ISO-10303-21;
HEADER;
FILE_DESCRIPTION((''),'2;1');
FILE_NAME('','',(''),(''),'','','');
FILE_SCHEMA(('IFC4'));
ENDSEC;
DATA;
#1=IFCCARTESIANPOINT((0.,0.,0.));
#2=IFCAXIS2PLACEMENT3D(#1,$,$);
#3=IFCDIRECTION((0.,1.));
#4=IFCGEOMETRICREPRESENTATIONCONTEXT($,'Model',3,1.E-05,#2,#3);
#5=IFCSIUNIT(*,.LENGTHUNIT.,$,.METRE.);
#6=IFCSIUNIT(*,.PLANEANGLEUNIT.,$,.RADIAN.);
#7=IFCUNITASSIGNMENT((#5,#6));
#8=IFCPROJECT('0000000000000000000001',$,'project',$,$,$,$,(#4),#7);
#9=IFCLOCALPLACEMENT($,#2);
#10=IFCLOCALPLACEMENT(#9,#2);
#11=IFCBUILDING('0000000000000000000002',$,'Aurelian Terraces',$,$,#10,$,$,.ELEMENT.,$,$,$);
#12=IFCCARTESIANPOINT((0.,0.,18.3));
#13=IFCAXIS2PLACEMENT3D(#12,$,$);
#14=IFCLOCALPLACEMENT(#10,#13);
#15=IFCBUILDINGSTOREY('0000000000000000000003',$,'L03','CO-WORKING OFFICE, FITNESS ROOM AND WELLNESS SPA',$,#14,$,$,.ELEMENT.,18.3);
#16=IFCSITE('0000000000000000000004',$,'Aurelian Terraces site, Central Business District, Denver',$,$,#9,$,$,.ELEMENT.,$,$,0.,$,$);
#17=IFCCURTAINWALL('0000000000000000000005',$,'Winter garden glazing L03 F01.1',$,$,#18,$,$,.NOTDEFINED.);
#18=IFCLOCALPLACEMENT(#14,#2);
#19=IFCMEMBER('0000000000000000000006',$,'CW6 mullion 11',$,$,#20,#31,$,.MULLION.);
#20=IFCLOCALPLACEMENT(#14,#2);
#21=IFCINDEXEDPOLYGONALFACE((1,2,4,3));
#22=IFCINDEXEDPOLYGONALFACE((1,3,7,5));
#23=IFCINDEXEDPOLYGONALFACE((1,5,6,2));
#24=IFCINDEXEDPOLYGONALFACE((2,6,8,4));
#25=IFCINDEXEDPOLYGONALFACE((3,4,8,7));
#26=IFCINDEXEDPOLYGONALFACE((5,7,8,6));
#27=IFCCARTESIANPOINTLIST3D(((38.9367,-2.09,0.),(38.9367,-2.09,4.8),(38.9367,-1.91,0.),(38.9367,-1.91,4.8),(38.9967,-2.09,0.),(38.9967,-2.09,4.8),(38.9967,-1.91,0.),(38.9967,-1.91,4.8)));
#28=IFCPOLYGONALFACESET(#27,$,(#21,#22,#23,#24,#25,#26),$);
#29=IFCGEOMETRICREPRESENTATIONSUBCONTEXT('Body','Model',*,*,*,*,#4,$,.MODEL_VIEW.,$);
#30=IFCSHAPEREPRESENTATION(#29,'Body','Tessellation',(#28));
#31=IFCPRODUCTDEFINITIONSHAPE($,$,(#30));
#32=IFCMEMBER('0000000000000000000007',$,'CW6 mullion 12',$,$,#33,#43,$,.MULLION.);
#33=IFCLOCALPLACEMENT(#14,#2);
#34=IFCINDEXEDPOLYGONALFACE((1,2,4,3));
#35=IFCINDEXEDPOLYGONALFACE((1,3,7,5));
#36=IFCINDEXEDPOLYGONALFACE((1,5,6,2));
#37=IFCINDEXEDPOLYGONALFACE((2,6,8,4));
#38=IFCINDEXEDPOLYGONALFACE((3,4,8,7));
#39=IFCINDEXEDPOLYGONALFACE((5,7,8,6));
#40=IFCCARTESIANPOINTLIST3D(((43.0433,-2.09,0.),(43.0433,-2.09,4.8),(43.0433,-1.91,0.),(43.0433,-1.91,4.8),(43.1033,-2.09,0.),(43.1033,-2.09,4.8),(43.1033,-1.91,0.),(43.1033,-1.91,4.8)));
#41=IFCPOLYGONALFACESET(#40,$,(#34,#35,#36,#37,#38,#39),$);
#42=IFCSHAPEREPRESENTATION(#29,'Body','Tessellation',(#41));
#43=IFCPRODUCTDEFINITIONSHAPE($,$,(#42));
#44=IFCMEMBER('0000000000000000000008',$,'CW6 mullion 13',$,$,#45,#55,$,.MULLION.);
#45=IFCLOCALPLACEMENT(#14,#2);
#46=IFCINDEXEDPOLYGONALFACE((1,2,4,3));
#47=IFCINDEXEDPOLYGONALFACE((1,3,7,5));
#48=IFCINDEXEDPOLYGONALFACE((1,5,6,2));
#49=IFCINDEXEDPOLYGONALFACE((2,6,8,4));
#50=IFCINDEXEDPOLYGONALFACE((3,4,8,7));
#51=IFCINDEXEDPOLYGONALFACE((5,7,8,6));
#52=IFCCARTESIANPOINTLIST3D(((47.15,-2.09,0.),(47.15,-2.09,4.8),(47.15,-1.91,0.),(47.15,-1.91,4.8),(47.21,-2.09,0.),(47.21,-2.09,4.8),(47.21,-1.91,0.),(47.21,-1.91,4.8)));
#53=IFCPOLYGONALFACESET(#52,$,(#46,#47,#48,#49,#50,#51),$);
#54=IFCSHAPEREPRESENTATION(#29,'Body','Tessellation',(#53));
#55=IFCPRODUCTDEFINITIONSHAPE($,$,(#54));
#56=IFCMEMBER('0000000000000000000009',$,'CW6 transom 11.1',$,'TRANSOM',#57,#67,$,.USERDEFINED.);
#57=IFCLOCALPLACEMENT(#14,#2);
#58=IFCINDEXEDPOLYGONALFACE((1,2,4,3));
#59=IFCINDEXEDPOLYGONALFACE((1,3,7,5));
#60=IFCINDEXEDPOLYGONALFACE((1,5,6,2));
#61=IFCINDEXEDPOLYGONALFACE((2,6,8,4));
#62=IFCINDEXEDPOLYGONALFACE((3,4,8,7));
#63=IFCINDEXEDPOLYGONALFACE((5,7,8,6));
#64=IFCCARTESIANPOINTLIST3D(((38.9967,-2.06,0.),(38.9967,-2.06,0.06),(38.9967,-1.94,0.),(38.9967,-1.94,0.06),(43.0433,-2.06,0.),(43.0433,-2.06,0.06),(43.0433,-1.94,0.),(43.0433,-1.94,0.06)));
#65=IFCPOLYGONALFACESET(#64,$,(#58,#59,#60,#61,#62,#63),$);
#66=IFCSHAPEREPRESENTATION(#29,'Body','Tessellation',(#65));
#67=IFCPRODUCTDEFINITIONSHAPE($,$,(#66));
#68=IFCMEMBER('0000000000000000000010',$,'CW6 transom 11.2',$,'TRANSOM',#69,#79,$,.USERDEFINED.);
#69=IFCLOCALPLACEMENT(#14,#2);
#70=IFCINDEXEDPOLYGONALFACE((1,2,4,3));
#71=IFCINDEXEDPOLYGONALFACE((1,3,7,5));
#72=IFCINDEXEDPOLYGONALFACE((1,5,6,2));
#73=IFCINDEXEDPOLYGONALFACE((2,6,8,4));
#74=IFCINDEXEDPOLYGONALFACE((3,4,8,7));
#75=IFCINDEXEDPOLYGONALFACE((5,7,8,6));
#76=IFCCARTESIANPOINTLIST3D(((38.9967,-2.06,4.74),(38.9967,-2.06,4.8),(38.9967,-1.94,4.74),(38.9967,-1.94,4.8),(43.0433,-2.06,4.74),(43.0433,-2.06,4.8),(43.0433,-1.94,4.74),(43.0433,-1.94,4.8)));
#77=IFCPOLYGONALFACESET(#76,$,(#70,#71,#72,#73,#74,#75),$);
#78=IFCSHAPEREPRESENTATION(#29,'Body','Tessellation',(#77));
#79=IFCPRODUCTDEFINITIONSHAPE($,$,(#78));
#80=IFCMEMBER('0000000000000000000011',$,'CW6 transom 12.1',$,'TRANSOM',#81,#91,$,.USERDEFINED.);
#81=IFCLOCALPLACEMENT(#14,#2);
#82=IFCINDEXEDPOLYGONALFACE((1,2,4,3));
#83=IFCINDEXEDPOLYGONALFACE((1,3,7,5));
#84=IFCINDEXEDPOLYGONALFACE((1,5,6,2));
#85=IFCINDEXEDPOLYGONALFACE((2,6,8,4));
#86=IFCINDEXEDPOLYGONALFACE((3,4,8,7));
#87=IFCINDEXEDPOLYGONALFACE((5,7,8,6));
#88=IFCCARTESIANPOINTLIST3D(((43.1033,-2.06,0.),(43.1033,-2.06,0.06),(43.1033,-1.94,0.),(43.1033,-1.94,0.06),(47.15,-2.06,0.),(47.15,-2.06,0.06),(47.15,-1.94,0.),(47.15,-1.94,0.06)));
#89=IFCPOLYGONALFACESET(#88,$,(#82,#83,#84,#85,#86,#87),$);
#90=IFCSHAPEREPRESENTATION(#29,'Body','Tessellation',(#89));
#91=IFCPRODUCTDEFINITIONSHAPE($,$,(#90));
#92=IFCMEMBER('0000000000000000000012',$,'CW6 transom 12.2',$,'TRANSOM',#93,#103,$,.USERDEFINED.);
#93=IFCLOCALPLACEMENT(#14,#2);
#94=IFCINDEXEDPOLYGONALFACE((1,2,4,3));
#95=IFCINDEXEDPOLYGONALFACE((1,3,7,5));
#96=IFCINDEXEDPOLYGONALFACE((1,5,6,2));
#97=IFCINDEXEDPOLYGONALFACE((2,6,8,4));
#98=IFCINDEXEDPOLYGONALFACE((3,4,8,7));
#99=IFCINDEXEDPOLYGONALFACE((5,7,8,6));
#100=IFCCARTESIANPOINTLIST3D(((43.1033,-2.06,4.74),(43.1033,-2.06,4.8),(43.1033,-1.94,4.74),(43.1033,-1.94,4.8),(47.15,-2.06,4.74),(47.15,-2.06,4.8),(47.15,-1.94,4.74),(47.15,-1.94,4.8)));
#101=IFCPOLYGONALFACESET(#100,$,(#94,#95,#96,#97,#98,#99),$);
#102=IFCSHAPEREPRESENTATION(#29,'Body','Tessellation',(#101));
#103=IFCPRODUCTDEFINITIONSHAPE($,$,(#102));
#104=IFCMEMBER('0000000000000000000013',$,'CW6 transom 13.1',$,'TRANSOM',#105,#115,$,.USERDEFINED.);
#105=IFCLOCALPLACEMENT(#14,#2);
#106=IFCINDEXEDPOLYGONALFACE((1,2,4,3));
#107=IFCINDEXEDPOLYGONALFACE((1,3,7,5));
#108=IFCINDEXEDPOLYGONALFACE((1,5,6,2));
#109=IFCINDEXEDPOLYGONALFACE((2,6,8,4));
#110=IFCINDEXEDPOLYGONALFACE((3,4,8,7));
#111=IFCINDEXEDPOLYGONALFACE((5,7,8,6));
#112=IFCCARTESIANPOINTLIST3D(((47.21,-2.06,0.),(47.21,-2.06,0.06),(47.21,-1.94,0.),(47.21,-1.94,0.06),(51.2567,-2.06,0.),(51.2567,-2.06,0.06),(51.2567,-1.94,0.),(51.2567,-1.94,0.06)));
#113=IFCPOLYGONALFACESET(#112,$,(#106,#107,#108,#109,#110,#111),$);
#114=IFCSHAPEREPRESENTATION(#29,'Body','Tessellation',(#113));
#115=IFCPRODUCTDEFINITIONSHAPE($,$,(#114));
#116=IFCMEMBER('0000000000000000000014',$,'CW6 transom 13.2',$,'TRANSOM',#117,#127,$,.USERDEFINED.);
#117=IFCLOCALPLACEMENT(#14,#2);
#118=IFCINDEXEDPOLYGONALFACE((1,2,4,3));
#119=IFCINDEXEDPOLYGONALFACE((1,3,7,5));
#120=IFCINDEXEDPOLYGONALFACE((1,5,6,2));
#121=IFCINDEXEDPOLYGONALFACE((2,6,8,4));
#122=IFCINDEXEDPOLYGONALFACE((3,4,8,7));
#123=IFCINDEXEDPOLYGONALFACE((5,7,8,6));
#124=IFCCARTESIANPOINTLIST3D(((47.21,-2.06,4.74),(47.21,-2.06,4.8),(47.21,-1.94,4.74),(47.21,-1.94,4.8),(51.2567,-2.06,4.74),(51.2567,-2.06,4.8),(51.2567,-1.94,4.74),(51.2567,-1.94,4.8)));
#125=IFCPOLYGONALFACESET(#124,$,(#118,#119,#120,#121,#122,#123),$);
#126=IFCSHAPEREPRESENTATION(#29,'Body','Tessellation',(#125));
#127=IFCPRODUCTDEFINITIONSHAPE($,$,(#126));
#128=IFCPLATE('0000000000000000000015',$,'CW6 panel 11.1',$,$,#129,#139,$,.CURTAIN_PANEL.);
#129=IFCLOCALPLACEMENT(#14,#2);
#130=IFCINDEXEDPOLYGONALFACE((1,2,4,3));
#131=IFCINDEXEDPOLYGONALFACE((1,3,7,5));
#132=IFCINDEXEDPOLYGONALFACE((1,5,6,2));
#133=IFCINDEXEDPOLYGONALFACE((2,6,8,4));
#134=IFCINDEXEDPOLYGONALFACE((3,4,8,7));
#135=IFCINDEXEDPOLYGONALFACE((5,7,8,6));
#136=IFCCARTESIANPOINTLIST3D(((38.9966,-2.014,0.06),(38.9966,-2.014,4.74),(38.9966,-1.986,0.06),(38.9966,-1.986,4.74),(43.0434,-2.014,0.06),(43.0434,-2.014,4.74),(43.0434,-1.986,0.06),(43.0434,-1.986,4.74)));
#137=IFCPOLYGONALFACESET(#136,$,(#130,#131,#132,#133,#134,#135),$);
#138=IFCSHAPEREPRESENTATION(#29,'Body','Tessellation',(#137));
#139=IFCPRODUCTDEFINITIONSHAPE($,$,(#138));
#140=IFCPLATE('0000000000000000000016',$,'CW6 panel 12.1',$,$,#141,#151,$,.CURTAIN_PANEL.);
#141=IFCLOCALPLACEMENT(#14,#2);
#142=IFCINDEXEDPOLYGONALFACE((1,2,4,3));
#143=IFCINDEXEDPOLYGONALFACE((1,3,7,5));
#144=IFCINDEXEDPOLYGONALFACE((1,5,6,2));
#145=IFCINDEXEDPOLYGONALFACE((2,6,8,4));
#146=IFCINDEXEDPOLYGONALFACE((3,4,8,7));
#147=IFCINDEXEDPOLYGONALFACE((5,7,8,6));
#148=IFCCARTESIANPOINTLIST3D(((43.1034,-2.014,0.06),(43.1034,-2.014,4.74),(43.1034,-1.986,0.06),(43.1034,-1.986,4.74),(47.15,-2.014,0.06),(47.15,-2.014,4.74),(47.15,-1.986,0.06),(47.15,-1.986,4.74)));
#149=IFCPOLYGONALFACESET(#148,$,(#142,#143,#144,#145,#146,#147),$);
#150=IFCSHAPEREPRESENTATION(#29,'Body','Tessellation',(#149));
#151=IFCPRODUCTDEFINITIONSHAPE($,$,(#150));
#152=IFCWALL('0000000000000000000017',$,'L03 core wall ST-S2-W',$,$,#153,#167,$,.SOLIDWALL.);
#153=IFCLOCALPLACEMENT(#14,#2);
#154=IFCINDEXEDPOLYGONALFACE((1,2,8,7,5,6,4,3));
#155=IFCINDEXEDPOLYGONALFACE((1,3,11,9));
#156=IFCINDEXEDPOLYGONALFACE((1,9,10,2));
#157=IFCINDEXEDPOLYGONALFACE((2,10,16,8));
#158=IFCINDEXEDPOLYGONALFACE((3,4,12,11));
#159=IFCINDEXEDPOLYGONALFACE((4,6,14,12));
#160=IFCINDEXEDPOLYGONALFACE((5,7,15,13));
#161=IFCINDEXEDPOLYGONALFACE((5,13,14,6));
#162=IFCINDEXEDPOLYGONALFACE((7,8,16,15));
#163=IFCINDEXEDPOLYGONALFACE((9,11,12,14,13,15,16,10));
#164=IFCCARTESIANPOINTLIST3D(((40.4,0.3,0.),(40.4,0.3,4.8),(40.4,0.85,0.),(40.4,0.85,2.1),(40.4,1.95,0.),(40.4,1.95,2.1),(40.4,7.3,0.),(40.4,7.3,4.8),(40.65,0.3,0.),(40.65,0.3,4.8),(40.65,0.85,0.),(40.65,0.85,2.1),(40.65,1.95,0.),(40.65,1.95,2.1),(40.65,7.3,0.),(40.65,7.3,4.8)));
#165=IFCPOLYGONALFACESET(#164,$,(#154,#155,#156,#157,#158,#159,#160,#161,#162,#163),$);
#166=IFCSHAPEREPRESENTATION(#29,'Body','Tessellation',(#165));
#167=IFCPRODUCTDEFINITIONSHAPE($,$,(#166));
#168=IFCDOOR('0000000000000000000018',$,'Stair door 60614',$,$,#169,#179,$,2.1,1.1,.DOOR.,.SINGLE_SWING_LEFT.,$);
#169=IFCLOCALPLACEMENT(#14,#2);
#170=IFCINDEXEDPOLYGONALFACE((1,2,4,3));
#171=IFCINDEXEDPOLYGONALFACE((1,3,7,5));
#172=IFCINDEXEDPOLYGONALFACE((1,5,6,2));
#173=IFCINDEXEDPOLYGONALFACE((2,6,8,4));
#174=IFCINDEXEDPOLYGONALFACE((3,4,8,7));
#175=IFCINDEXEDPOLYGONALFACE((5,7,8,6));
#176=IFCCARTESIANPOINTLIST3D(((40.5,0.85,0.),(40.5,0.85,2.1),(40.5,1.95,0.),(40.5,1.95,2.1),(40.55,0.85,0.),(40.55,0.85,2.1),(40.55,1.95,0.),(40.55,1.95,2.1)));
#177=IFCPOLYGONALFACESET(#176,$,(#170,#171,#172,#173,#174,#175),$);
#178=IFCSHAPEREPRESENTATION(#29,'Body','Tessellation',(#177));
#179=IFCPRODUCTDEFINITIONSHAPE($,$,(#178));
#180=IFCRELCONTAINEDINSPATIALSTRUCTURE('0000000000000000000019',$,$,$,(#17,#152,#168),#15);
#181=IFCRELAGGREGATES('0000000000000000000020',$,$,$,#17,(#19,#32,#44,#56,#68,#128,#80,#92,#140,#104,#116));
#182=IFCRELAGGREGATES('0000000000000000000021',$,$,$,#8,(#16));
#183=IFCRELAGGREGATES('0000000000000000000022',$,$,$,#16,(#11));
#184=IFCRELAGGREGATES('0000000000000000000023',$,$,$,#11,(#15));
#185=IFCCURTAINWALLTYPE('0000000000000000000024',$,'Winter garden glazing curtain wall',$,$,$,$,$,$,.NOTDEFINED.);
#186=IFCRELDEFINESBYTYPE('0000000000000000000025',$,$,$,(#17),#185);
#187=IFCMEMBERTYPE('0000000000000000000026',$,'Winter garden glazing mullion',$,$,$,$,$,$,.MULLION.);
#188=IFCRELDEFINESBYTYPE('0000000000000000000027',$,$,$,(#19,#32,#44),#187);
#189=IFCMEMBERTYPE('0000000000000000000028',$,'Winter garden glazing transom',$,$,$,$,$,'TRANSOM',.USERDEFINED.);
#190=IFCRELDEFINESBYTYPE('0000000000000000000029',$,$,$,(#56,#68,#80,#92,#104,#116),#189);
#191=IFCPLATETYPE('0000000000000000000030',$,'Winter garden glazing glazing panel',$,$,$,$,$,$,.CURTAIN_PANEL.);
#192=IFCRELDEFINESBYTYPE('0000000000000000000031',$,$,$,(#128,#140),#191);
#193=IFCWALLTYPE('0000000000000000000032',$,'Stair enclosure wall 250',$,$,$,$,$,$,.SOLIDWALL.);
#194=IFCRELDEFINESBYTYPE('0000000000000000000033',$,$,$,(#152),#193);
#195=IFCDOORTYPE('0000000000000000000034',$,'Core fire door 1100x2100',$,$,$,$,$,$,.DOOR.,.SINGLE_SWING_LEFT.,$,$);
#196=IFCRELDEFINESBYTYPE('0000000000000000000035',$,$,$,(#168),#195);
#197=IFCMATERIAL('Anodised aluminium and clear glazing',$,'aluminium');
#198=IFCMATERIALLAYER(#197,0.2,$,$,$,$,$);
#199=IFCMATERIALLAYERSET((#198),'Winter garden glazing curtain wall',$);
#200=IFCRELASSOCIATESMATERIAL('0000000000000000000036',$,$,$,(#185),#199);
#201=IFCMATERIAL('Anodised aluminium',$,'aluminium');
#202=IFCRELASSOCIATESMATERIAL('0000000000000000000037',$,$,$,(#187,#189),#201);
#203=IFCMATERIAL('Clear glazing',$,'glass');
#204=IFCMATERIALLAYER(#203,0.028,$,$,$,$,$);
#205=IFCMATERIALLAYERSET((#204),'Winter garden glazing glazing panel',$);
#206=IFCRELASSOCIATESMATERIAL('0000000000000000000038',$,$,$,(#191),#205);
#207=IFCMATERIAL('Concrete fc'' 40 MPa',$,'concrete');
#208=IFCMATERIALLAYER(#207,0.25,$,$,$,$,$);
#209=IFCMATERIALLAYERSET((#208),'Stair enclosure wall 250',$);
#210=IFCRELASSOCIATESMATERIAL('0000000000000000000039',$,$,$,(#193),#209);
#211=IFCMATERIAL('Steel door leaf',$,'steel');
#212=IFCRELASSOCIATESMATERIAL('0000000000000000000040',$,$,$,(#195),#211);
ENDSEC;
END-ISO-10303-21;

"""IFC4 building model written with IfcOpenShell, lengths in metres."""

from ifc_helpers import new_model, si_unit, direction, frame, frame_2d, origin, origin_2d, place, context, subcontext, project, spatial, rectangle, extrude, source, transform, mapped, material, layer, layer_set, material_profile, profile_set, type_object, element, fill, aggregate, save


model = new_model("IFC4")

# Units and contexts
model_context = context("Model", 3, precision=1e-05, world=origin(), true_north=direction((0.0, 1.0)))
body_context = subcontext(model_context, "Body", "Model", "MODEL_VIEW")
ifc_project = project(units=[si_unit("LENGTHUNIT", "METRE"), si_unit("PLANEANGLEUNIT", "RADIAN")], contexts=[model_context])

# Site, building, storey
site_placement = place(None, origin())
site = spatial("IfcSite", under=ifc_project, at=site_placement, Name="Aurelian Terraces site, Central Business District, Denver", CompositionType="ELEMENT", RefElevation=0.0)
building_placement = place(site_placement, origin())
building = spatial("IfcBuilding", under=site, at=building_placement, Name="Aurelian Terraces", CompositionType="ELEMENT")
storey_placement = place(building_placement, frame((0.0, 0.0, 18.3)))
storey = spatial("IfcBuildingStorey", under=building, at=storey_placement, Name="L03", Description="CO-WORKING OFFICE, FITNESS ROOM AND WELLNESS SPA", CompositionType="ELEMENT", Elevation=18.3)

# Curtain wall, members, plates
ifc_material_1 = material(Name="Anodised aluminium and clear glazing", Category="aluminium")
ifc_layer_1 = layer(ifc_material_1, 0.2)
ifc_layer_set_1 = layer_set([ifc_layer_1], Name="Winter garden glazing curtain wall")
curtain_wall_type = type_object("IfcCurtainWallType", Name="Winter garden glazing curtain wall", PredefinedType="NOTDEFINED", material=ifc_layer_set_1)
curtain_wall_placement = place(storey_placement, origin())
curtain_wall = element("IfcCurtainWall", 1, at=curtain_wall_placement, inside=storey, type_object=curtain_wall_type, Name="Winter garden glazing L03 F01.1", PredefinedType="NOTDEFINED")
ifc_material_2 = material(Name="Anodised aluminium", Category="aluminium")
ifc_material_profile_1 = material_profile(ifc_material_2, rectangle(XDim=0.18, YDim=0.06, at=origin_2d()))
ifc_profile_set_1 = profile_set([ifc_material_profile_1], Name="Anodised aluminium")
member_type_1 = type_object("IfcMemberType", Name="Winter garden glazing mullion", PredefinedType="MULLION", material=ifc_profile_set_1)
shared_shape_1 = source(origin(), body_context, "Body", "SweptSolid", [
    extrude(rectangle(XDim=0.18, YDim=0.06, at=origin_2d()), origin(), (0.0, 0.0, 1.0), 4.8),
])
member_1_placement = place(storey_placement, frame((38.9667, -2.0, 0.0), z_axis=(0.0, 0.0, 1.0), x_axis=(0.0, 1.0, 0.0)))
member_1 = element("IfcMember", 2, at=member_1_placement, type_object=member_type_1, Name="CW6 mullion 11", PredefinedType="MULLION", context=body_context, shape_type="MappedRepresentation", body=[
    mapped(shared_shape_1, transform((0.0, 0.0, 0.0), scale=1.0)),
])
member_2_placement = place(storey_placement, frame((43.0733, -2.0, 0.0), z_axis=(0.0, 0.0, 1.0), x_axis=(0.0, 1.0, 0.0)))
member_2 = element("IfcMember", 3, at=member_2_placement, type_object=member_type_1, Name="CW6 mullion 12", PredefinedType="MULLION", context=body_context, shape_type="MappedRepresentation", body=[
    mapped(shared_shape_1, transform((0.0, 0.0, 0.0), scale=1.0)),
])
member_3_placement = place(storey_placement, frame((47.18, -2.0, 0.0), z_axis=(0.0, 0.0, 1.0), x_axis=(0.0, 1.0, 0.0)))
member_3 = element("IfcMember", 4, at=member_3_placement, type_object=member_type_1, Name="CW6 mullion 13", PredefinedType="MULLION", context=body_context, shape_type="MappedRepresentation", body=[
    mapped(shared_shape_1, transform((0.0, 0.0, 0.0), scale=1.0)),
])
ifc_material_profile_2 = material_profile(ifc_material_2, rectangle(XDim=0.12, YDim=0.06, at=origin_2d()))
ifc_profile_set_2 = profile_set([ifc_material_profile_2], Name="Anodised aluminium")
member_type_2 = type_object("IfcMemberType", Name="Winter garden glazing transom", ElementType="TRANSOM", PredefinedType="USERDEFINED", material=ifc_profile_set_2)
shared_shape_2 = source(origin(), body_context, "Body", "SweptSolid", [
    extrude(rectangle(XDim=0.12, YDim=0.06, at=origin_2d()), origin(), (0.0, 0.0, 1.0), 4.0466),
])
member_4_placement = place(storey_placement, frame((38.9967, -2.0, 0.03), z_axis=(1.0, 0.0, 0.0), x_axis=(0.0, 1.0, 0.0)))
member_4 = element("IfcMember", 5, at=member_4_placement, type_object=member_type_2, Name="CW6 transom 11.1", ObjectType="TRANSOM", PredefinedType="USERDEFINED", context=body_context, shape_type="MappedRepresentation", body=[
    mapped(shared_shape_2, transform((0.0, 0.0, 0.0), scale=1.0)),
])
member_5_placement = place(storey_placement, frame((38.9967, -2.0, 4.77), z_axis=(1.0, 0.0, 0.0), x_axis=(0.0, 1.0, 0.0)))
member_5 = element("IfcMember", 6, at=member_5_placement, type_object=member_type_2, Name="CW6 transom 11.2", ObjectType="TRANSOM", PredefinedType="USERDEFINED", context=body_context, shape_type="MappedRepresentation", body=[
    mapped(shared_shape_2, transform((0.0, 0.0, 0.0), scale=1.0)),
])
shared_shape_3 = source(origin(), body_context, "Body", "SweptSolid", [
    extrude(rectangle(XDim=0.12, YDim=0.06, at=origin_2d()), origin(), (0.0, 0.0, 1.0), 4.0467),
])
member_6_placement = place(storey_placement, frame((43.1033, -2.0, 0.03), z_axis=(1.0, 0.0, 0.0), x_axis=(0.0, 1.0, 0.0)))
member_6 = element("IfcMember", 7, at=member_6_placement, type_object=member_type_2, Name="CW6 transom 12.1", ObjectType="TRANSOM", PredefinedType="USERDEFINED", context=body_context, shape_type="MappedRepresentation", body=[
    mapped(shared_shape_3, transform((0.0, 0.0, 0.0), scale=1.0)),
])
member_7_placement = place(storey_placement, frame((43.1033, -2.0, 4.77), z_axis=(1.0, 0.0, 0.0), x_axis=(0.0, 1.0, 0.0)))
member_7 = element("IfcMember", 8, at=member_7_placement, type_object=member_type_2, Name="CW6 transom 12.2", ObjectType="TRANSOM", PredefinedType="USERDEFINED", context=body_context, shape_type="MappedRepresentation", body=[
    mapped(shared_shape_3, transform((0.0, 0.0, 0.0), scale=1.0)),
])
member_8_placement = place(storey_placement, frame((47.21, -2.0, 0.03), z_axis=(1.0, 0.0, 0.0), x_axis=(0.0, 1.0, 0.0)))
member_8 = element("IfcMember", 9, at=member_8_placement, type_object=member_type_2, Name="CW6 transom 13.1", ObjectType="TRANSOM", PredefinedType="USERDEFINED", context=body_context, shape_type="MappedRepresentation", body=[
    mapped(shared_shape_3, transform((0.0, 0.0, 0.0), scale=1.0)),
])
member_9_placement = place(storey_placement, frame((47.21, -2.0, 4.77), z_axis=(1.0, 0.0, 0.0), x_axis=(0.0, 1.0, 0.0)))
member_9 = element("IfcMember", 10, at=member_9_placement, type_object=member_type_2, Name="CW6 transom 13.2", ObjectType="TRANSOM", PredefinedType="USERDEFINED", context=body_context, shape_type="MappedRepresentation", body=[
    mapped(shared_shape_3, transform((0.0, 0.0, 0.0), scale=1.0)),
])
ifc_material_3 = material(Name="Clear glazing", Category="glass")
ifc_layer_2 = layer(ifc_material_3, 0.028)
ifc_layer_set_2 = layer_set([ifc_layer_2], Name="Winter garden glazing glazing panel")
plate_type = type_object("IfcPlateType", Name="Winter garden glazing glazing panel", PredefinedType="CURTAIN_PANEL", material=ifc_layer_set_2)
shared_shape_4 = source(origin(), body_context, "Body", "SweptSolid", [
    extrude(rectangle(XDim=4.0467, YDim=0.028, at=origin_2d()), origin(), (0.0, 0.0, 1.0), 4.68),
])
plate_1_placement = place(storey_placement, frame((41.02, -2.0, 0.06), z_axis=(0.0, 0.0, 1.0), x_axis=(1.0, 0.0, 0.0)))
plate_1 = element("IfcPlate", 11, at=plate_1_placement, type_object=plate_type, Name="CW6 panel 11.1", PredefinedType="CURTAIN_PANEL", context=body_context, shape_type="MappedRepresentation", body=[
    mapped(shared_shape_4, transform((0.0, 0.0, 0.0), scale=1.0)),
])
plate_2_placement = place(storey_placement, frame((45.1267, -2.0, 0.06), z_axis=(0.0, 0.0, 1.0), x_axis=(1.0, 0.0, 0.0)))
plate_2 = element("IfcPlate", 12, at=plate_2_placement, type_object=plate_type, Name="CW6 panel 12.1", PredefinedType="CURTAIN_PANEL", context=body_context, shape_type="MappedRepresentation", body=[
    mapped(shared_shape_4, transform((0.0, 0.0, 0.0), scale=1.0)),
])
aggregate(curtain_wall, [member_1, member_2, member_3, member_4, member_5, plate_1, member_6, member_7, plate_2, member_8, member_9])

# Wall, opening, door
ifc_material_4 = material(Name="Concrete fc' 40 MPa", Category="concrete")
ifc_layer_3 = layer(ifc_material_4, 0.25)
ifc_layer_set_3 = layer_set([ifc_layer_3], Name="Stair enclosure wall 250")
wall_type_1 = type_object("IfcWallType", Name="Stair enclosure wall 250", PredefinedType="SOLIDWALL", material=ifc_layer_set_3)
shared_shape_5 = source(origin(), body_context, "Body", "SweptSolid", [
    extrude(rectangle(XDim=7.0, YDim=0.25, at=frame_2d((3.5, 0.0))), origin(), (0.0, 0.0, 1.0), 4.8),
])
wall_1_placement = place(storey_placement, frame((40.525, 0.3, 0.0), z_axis=(0.0, 0.0, 1.0), x_axis=(0.0, 1.0, 0.0)))
wall_1 = element("IfcWall", 13, at=wall_1_placement, inside=storey, type_object=wall_type_1, Name="L03 core wall ST-S2-W", PredefinedType="SOLIDWALL", context=body_context, shape_type="MappedRepresentation", body=[
    mapped(shared_shape_5, transform((0.0, 0.0, 0.0), scale=1.0)),
])
shared_shape_6 = source(origin(), body_context, "Body", "SweptSolid", [
    extrude(rectangle(XDim=1.1, YDim=2.1, at=frame_2d((0.55, 1.05))), frame((0.0, 0.135, 0.0), z_axis=(0.0, -1.0, 0.0), x_axis=(1.0, 0.0, 0.0)), (0.0, 0.0, 1.0), 0.27),
])
opening_1_placement = place(wall_1_placement, frame((0.55, 0.0, 0.0)))
opening_1 = element("IfcOpeningElement", 14, at=opening_1_placement, cuts=wall_1, PredefinedType="OPENING", context=body_context, shape_type="MappedRepresentation", body=[
    mapped(shared_shape_6, transform((0.0, 0.0, 0.0), scale=1.0)),
])
ifc_material_5 = material(Name="Steel door leaf", Category="steel")
door_type_1 = type_object("IfcDoorType", Name="Core fire door 1100x2100", OperationType="SINGLE_SWING_LEFT", PredefinedType="DOOR", material=ifc_material_5)
shared_shape_7 = source(origin(), body_context, "Body", "SweptSolid", [
    extrude(rectangle(XDim=1.1, YDim=2.1, at=frame_2d((0.55, 1.05))), frame((0.0, 0.025, 0.0), z_axis=(0.0, -1.0, 0.0), x_axis=(1.0, 0.0, 0.0)), (0.0, 0.0, 1.0), 0.05),
])
door_1_placement = place(opening_1_placement, origin())
door_1 = element("IfcDoor", 15, at=door_1_placement, inside=storey, type_object=door_type_1, Name="Stair door 60614", OperationType="SINGLE_SWING_LEFT", OverallHeight=2.1, OverallWidth=1.1, PredefinedType="DOOR", context=body_context, shape_type="MappedRepresentation", body=[
    mapped(shared_shape_7, transform((0.0, 0.0, 0.0), scale=1.0)),
])
fill(opening_1, door_1)

save(model, "model.ifc")
